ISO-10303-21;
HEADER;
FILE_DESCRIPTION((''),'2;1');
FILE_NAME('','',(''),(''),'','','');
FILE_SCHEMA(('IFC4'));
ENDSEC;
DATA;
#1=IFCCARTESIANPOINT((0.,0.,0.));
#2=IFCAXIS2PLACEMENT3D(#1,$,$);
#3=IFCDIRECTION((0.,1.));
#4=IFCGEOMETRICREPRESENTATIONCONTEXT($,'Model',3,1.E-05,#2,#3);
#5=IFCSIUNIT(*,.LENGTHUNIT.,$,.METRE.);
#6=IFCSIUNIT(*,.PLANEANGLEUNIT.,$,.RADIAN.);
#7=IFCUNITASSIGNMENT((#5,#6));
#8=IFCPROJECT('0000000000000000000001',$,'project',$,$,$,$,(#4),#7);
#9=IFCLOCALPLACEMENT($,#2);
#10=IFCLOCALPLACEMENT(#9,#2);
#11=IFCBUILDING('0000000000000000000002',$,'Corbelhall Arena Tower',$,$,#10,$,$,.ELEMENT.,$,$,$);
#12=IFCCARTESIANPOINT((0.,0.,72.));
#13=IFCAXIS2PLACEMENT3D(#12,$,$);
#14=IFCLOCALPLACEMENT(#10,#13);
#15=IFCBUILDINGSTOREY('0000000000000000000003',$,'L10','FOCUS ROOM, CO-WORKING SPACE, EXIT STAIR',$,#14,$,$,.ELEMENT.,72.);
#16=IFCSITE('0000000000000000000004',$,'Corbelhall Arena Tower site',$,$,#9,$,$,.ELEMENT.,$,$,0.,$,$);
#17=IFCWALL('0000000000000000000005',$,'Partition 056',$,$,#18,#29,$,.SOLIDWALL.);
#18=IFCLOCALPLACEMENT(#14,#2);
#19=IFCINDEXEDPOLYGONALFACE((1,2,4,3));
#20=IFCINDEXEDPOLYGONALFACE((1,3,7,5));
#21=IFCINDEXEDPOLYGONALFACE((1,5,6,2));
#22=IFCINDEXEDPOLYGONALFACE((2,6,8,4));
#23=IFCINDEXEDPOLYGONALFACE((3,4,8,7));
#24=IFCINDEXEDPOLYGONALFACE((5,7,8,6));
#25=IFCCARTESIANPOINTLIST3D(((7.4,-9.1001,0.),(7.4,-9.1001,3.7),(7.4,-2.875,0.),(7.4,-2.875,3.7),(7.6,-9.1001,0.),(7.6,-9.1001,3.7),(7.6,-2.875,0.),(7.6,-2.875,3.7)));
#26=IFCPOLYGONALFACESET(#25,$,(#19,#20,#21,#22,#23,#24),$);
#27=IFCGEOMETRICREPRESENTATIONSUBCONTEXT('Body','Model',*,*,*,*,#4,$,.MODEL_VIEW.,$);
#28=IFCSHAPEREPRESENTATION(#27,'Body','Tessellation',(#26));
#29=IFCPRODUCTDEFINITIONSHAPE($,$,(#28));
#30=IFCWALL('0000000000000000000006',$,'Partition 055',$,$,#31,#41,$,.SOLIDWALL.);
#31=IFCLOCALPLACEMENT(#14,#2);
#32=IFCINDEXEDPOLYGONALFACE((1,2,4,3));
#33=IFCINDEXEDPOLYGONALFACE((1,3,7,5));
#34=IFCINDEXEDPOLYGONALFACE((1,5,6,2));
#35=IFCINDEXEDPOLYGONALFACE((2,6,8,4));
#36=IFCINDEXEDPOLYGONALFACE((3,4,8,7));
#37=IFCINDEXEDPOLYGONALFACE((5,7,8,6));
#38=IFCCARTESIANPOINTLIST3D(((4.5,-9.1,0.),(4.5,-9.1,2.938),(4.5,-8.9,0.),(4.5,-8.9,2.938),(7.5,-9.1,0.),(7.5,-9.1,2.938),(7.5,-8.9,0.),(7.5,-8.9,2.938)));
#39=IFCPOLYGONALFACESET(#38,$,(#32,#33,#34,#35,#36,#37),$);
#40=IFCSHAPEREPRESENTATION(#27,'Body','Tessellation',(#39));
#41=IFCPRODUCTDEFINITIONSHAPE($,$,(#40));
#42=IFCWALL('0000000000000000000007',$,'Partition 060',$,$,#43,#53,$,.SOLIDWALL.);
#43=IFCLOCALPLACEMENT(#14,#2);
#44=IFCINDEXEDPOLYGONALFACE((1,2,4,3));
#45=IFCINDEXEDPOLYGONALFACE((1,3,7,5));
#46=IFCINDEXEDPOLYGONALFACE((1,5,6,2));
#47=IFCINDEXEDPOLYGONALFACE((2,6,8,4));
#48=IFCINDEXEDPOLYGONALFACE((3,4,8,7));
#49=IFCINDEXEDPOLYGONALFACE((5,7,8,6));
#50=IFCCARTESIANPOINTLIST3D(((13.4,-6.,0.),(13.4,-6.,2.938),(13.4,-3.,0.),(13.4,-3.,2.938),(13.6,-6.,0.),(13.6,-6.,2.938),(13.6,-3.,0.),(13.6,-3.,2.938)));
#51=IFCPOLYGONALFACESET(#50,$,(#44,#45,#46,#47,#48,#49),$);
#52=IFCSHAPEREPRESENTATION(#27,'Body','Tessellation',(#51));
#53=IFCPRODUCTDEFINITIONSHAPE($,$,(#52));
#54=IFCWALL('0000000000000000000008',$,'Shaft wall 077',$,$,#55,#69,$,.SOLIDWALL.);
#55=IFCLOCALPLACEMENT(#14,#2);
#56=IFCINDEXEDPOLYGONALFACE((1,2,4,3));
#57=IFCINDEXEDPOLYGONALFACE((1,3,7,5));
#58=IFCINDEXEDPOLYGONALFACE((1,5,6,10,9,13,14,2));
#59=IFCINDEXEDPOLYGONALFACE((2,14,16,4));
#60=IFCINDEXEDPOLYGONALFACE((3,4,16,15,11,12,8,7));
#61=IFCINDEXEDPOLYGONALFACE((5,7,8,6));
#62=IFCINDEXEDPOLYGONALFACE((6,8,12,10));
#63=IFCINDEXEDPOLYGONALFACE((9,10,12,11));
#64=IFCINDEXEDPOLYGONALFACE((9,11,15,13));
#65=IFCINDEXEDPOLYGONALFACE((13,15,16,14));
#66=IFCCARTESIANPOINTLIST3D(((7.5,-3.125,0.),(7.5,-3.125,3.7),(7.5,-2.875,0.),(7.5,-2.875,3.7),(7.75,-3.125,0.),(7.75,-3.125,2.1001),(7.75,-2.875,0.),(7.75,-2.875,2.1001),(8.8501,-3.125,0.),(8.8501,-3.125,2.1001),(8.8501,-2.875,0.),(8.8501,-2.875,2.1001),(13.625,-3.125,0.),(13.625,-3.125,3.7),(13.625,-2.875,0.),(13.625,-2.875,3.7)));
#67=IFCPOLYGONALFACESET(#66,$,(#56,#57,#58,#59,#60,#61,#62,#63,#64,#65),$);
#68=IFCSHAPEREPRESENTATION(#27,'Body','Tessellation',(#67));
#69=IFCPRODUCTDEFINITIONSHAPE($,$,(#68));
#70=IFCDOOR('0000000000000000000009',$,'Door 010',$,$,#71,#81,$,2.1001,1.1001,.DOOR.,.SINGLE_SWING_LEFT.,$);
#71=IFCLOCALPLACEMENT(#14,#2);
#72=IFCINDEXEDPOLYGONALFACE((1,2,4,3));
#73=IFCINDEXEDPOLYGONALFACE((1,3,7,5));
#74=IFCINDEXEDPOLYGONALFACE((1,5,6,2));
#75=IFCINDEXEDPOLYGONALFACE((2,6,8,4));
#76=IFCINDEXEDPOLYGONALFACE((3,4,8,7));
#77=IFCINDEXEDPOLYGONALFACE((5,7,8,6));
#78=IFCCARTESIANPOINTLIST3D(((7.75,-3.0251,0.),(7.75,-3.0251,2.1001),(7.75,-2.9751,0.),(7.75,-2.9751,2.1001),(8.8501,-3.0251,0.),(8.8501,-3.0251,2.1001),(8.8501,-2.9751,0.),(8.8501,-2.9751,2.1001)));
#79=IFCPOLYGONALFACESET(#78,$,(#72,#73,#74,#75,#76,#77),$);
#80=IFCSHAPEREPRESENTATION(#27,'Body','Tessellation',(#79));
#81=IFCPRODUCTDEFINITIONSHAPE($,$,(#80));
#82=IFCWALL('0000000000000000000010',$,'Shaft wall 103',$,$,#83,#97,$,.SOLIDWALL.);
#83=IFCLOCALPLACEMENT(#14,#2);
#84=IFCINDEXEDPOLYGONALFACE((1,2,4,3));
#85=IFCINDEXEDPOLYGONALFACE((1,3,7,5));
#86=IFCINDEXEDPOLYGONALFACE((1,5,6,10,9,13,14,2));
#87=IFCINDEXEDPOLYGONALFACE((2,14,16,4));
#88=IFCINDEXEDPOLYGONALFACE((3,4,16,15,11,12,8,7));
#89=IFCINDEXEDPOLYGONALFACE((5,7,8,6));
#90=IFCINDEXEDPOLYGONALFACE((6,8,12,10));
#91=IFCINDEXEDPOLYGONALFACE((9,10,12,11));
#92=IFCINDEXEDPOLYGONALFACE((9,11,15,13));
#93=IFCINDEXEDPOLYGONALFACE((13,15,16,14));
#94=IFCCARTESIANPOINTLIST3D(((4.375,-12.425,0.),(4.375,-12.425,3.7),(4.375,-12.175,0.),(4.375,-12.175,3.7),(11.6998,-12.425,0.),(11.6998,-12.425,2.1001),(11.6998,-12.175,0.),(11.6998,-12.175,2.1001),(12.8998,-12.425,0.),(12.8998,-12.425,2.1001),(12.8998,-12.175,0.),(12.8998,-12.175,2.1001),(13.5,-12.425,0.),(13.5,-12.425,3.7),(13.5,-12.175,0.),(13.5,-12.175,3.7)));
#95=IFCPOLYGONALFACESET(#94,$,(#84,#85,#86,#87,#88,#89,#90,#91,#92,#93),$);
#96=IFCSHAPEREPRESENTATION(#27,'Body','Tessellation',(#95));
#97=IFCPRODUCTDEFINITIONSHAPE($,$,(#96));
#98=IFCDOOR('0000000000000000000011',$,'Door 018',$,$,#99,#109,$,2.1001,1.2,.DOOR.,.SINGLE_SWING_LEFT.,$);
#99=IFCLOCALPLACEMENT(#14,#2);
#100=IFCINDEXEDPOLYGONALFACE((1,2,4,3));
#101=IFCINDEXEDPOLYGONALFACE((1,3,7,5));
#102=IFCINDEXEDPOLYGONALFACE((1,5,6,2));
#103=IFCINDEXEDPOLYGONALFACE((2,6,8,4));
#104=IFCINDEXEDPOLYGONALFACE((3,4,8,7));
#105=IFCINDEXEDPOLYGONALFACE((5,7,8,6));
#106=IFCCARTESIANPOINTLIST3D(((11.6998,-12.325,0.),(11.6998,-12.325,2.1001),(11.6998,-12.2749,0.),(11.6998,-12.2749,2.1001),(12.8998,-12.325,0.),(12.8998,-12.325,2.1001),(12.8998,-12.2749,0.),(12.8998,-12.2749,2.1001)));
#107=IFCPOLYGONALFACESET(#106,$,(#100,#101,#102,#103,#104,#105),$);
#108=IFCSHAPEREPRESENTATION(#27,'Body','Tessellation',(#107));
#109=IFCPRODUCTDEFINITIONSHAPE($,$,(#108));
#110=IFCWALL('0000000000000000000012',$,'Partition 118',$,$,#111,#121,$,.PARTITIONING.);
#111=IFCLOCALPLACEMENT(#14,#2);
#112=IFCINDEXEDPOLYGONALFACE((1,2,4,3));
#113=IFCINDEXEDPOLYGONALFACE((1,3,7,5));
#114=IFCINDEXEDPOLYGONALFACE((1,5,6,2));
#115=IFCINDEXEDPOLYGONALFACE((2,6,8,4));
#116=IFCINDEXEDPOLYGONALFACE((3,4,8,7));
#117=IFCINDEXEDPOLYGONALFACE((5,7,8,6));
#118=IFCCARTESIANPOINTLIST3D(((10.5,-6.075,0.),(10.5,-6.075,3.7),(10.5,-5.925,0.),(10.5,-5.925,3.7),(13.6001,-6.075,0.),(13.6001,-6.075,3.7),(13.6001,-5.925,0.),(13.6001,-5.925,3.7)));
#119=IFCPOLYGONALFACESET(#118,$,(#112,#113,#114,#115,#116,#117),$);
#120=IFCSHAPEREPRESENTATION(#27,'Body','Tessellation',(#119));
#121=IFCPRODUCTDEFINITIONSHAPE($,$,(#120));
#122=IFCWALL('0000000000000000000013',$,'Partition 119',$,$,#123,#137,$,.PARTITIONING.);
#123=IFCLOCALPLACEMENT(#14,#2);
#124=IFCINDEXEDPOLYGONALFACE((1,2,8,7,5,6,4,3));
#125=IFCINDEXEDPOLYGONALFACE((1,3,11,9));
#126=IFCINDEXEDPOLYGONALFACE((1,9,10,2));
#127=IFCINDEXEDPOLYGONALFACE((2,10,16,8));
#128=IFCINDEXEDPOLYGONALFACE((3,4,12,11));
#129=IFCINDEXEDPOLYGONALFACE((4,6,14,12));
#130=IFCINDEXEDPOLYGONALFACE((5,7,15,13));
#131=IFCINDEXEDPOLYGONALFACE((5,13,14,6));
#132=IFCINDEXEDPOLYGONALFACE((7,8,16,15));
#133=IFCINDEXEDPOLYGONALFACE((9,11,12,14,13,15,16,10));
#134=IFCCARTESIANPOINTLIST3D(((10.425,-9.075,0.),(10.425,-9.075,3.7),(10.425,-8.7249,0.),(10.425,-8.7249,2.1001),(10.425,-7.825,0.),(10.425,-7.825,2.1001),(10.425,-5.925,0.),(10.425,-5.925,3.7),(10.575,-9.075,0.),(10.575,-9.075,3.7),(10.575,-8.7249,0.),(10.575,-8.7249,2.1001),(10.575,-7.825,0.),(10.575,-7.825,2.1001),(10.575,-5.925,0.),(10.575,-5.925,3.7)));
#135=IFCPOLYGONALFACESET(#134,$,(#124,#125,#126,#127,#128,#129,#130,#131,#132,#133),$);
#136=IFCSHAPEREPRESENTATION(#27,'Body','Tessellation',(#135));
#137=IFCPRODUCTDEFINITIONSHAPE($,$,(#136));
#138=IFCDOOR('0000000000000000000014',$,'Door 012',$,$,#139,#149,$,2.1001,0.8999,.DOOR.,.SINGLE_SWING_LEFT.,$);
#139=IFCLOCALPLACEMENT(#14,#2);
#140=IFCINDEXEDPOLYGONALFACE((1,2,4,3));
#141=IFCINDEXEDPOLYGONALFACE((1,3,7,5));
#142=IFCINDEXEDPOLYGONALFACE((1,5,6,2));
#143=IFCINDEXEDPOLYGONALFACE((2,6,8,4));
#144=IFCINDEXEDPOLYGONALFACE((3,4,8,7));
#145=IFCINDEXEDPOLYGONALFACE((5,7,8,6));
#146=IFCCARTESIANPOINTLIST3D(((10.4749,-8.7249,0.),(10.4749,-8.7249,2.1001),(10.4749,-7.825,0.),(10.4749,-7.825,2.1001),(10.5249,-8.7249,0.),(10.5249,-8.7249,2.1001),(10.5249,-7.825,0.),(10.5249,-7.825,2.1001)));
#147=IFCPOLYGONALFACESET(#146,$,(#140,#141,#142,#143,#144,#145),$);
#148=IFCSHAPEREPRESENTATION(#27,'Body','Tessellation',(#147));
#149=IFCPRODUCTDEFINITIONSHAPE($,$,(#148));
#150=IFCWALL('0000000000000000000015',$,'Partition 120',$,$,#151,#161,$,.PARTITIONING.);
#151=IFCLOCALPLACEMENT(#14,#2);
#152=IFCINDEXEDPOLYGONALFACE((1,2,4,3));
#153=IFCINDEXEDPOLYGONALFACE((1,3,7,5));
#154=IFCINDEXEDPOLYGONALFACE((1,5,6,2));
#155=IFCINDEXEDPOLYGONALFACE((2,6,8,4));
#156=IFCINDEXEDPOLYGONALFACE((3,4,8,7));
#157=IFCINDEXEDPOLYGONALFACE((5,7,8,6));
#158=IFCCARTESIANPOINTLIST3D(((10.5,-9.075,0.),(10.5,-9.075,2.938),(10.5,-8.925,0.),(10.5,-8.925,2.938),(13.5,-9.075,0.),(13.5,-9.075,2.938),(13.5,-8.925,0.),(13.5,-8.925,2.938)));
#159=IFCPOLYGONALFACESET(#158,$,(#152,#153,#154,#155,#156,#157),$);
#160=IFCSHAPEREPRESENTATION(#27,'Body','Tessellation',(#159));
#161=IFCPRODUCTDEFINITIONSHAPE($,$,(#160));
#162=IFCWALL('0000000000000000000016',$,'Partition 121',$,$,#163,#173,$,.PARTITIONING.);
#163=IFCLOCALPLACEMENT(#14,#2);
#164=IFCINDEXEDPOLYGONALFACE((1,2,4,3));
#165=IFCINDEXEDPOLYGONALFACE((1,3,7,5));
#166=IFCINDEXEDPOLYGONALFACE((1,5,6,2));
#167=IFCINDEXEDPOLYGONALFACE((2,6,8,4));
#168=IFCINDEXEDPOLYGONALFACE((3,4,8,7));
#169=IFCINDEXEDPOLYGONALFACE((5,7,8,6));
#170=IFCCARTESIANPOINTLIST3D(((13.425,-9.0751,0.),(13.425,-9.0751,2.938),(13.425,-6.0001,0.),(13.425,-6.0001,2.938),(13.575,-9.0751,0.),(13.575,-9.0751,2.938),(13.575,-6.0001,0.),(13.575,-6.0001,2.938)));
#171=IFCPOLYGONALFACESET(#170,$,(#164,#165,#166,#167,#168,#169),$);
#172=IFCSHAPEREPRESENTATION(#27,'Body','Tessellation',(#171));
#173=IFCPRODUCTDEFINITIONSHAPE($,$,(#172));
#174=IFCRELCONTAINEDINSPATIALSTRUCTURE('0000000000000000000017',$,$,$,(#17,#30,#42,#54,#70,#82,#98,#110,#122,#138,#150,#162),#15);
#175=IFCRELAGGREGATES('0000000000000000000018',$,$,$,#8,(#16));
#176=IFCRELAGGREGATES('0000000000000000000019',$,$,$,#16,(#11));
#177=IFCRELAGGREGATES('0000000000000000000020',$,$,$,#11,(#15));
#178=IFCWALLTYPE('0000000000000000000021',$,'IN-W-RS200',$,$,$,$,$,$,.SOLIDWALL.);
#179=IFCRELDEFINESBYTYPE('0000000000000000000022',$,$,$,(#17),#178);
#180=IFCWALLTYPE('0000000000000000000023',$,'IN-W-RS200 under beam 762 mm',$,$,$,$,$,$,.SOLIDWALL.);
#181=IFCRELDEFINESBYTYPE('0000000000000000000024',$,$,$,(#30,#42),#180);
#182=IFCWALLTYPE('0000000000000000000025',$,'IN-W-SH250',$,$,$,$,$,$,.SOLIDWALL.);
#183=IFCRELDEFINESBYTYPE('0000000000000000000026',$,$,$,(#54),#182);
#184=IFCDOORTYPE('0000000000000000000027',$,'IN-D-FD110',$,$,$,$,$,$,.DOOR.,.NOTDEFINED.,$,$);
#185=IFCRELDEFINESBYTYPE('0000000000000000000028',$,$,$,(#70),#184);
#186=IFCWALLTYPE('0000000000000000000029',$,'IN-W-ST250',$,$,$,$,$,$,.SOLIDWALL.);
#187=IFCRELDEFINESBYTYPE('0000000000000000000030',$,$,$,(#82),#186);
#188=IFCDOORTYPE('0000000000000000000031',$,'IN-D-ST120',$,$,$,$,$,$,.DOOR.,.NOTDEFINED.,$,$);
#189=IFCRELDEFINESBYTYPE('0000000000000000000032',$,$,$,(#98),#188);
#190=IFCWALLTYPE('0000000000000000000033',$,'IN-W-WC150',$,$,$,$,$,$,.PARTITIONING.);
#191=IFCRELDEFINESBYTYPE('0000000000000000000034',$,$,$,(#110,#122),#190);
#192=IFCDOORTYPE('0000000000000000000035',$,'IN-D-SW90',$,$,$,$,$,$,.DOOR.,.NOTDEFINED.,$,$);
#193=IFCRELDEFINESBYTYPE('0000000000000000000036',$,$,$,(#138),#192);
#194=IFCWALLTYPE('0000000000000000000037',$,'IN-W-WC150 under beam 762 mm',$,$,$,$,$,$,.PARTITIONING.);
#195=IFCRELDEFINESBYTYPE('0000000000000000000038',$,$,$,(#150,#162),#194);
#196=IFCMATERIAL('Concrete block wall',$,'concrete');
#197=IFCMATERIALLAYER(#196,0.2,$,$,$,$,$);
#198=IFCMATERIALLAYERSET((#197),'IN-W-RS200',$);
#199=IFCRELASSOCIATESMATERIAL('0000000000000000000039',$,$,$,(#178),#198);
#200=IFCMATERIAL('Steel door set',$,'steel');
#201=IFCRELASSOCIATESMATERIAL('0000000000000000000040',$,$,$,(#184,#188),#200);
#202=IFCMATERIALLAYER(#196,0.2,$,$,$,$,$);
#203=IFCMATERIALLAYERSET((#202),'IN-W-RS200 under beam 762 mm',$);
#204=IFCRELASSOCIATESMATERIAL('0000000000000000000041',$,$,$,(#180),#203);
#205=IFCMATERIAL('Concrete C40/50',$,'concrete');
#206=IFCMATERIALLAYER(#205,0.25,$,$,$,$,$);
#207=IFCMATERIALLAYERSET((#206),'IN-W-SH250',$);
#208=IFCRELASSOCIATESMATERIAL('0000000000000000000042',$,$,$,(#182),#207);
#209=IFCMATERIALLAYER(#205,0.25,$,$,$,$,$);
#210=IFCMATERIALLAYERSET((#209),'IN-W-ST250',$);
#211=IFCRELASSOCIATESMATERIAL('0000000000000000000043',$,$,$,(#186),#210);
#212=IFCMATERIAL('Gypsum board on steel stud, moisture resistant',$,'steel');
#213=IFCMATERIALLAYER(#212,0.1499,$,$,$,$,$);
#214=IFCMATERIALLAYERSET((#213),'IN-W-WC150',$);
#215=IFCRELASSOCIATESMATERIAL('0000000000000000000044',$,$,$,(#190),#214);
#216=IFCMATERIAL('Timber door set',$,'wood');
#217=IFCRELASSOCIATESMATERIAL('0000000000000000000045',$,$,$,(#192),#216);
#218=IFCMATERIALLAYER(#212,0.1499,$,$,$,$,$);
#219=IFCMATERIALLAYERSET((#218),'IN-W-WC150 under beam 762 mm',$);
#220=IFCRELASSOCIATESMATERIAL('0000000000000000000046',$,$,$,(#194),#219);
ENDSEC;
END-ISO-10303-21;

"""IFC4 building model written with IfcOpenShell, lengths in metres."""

from ifc_helpers import new_model, si_unit, direction, frame, frame_2d, origin, place, context, subcontext, project, spatial, rectangle, extrude, material, layer, layer_set, type_object, element, fill, save


model = new_model("IFC4")

# Units and contexts
model_context = context("Model", 3, precision=1e-05, world=origin(), true_north=direction((0.0, 1.0)))
body_context = subcontext(model_context, "Body", "Model", "MODEL_VIEW")
ifc_project = project(units=[si_unit("LENGTHUNIT", "METRE"), si_unit("PLANEANGLEUNIT", "RADIAN")], contexts=[model_context])

# Site, building, storey
site_placement = place(None, origin())
site = spatial("IfcSite", under=ifc_project, at=site_placement, Name="Corbelhall Arena Tower site", CompositionType="ELEMENT", RefElevation=0.0)
building_placement = place(site_placement, origin())
building = spatial("IfcBuilding", under=site, at=building_placement, Name="Corbelhall Arena Tower", CompositionType="ELEMENT")
storey_placement = place(building_placement, frame((0.0, 0.0, 72.0)))
storey = spatial("IfcBuildingStorey", under=building, at=storey_placement, Name="L10", Description="FOCUS ROOM, CO-WORKING SPACE, EXIT STAIR", CompositionType="ELEMENT", Elevation=72.0)

# Shared definitions
ifc_material_1 = material(Name="Concrete C40/50", Category="concrete")

# Shared definitions
ifc_material_2 = material(Name="Steel door set", Category="steel")

# Wall
ifc_material_3 = material(Name="Concrete block wall", Category="concrete")
ifc_layer_1 = layer(ifc_material_3, 0.2)
ifc_layer_set_1 = layer_set([ifc_layer_1], Name="IN-W-RS200")
wall_type_1 = type_object("IfcWallType", Name="IN-W-RS200", PredefinedType="SOLIDWALL", material=ifc_layer_set_1)
wall_1_placement = place(storey_placement, frame((7.5, -2.875, 0.0), z_axis=(0.0, 0.0, 1.0), x_axis=(0.0, -1.0, 0.0)))
element("IfcWall", 1, at=wall_1_placement, inside=storey, type_object=wall_type_1, Name="Partition 056", PredefinedType="SOLIDWALL", context=body_context, shape_type="SweptSolid", body=[
    extrude(rectangle(XDim=6.2251, YDim=0.2, at=frame_2d((3.1125, 0.0))), origin(), (0.0, 0.0, 1.0), 3.7),
])

# Shared definitions
door_type_1 = type_object("IfcDoorType", Name="IN-D-FD110", OperationType="NOTDEFINED", PredefinedType="DOOR", material=ifc_material_2)

# Shared definitions
ifc_layer_2 = layer(ifc_material_3, 0.2)
ifc_layer_set_2 = layer_set([ifc_layer_2], Name="IN-W-RS200 under beam 762 mm")
wall_type_2 = type_object("IfcWallType", Name="IN-W-RS200 under beam 762 mm", PredefinedType="SOLIDWALL", material=ifc_layer_set_2)

# Walls
for number, where, z_axis, x_axis, name in (
    (2, (7.5, -9.0, 0.0), (0.0, 0.0, 1.0), (-1.0, 0.0, 0.0), "Partition 055"),
    (3, (13.5, -3.0, 0.0), (0.0, 0.0, 1.0), (0.0, -1.0, 0.0), "Partition 060"),
):
    element("IfcWall", number, at=place(storey_placement, frame(where, z_axis=z_axis, x_axis=x_axis)), inside=storey, type_object=wall_type_2, Name=name, PredefinedType="SOLIDWALL", context=body_context, shape_type="SweptSolid", body=[
        extrude(rectangle(XDim=3.0, YDim=0.2, at=frame_2d((1.5, 0.0))), origin(), (0.0, 0.0, 1.0), 2.938),
    ])

# Walls, openings, doors
ifc_layer_3 = layer(ifc_material_1, 0.25)
ifc_layer_set_3 = layer_set([ifc_layer_3], Name="IN-W-SH250")
wall_type_3 = type_object("IfcWallType", Name="IN-W-SH250", PredefinedType="SOLIDWALL", material=ifc_layer_set_3)
wall_2_placement = place(storey_placement, frame((7.5, -3.0, 0.0), z_axis=(0.0, 0.0, 1.0), x_axis=(1.0, 0.0, 0.0)))
wall_2 = element("IfcWall", 4, at=wall_2_placement, inside=storey, type_object=wall_type_3, Name="Shaft wall 077", PredefinedType="SOLIDWALL", context=body_context, shape_type="SweptSolid", body=[
    extrude(rectangle(XDim=6.125, YDim=0.25, at=frame_2d((3.0625, 0.0))), origin(), (0.0, 0.0, 1.0), 3.7),
])
opening_1_placement = place(wall_2_placement, frame((0.25, 0.0, 0.0)))
opening_1 = element("IfcOpeningElement", 5, at=opening_1_placement, cuts=wall_2, PredefinedType="OPENING", context=body_context, shape_type="SweptSolid", body=[
    extrude(rectangle(XDim=1.1001, YDim=2.1001, at=frame_2d((0.55, 1.05))), frame((0.0, 0.125, 0.0), z_axis=(0.0, -1.0, 0.0), x_axis=(1.0, 0.0, 0.0)), (0.0, 0.0, 1.0), 0.25),
])
door_1_placement = place(opening_1_placement, origin())
door_1 = element("IfcDoor", 6, at=door_1_placement, inside=storey, type_object=door_type_1, Name="Door 010", OperationType="SINGLE_SWING_LEFT", OverallHeight=2.1001, OverallWidth=1.1001, PredefinedType="DOOR", context=body_context, shape_type="SweptSolid", body=[
    extrude(rectangle(XDim=1.1001, YDim=2.1001, at=frame_2d((0.55, 1.05))), frame((0.0, 0.0249, 0.0), z_axis=(0.0, -1.0, 0.0), x_axis=(1.0, 0.0, 0.0)), (0.0, 0.0, 1.0), 0.05),
])
fill(opening_1, door_1)
ifc_layer_4 = layer(ifc_material_1, 0.25)
ifc_layer_set_4 = layer_set([ifc_layer_4], Name="IN-W-ST250")
wall_type_4 = type_object("IfcWallType", Name="IN-W-ST250", PredefinedType="SOLIDWALL", material=ifc_layer_set_4)
wall_3_placement = place(storey_placement, frame((13.5, -12.3, 0.0), z_axis=(0.0, 0.0, 1.0), x_axis=(-1.0, 0.0, 0.0)))
wall_3 = element("IfcWall", 7, at=wall_3_placement, inside=storey, type_object=wall_type_4, Name="Shaft wall 103", PredefinedType="SOLIDWALL", context=body_context, shape_type="SweptSolid", body=[
    extrude(rectangle(XDim=9.125, YDim=0.25, at=frame_2d((4.5625, 0.0))), origin(), (0.0, 0.0, 1.0), 3.7),
])
opening_2_placement = place(wall_3_placement, frame((0.6001, 0.0, 0.0)))
opening_2 = element("IfcOpeningElement", 8, at=opening_2_placement, cuts=wall_3, PredefinedType="OPENING", context=body_context, shape_type="SweptSolid", body=[
    extrude(rectangle(XDim=1.2, YDim=2.1001, at=frame_2d((0.6001, 1.05))), frame((0.0, 0.125, 0.0), z_axis=(0.0, -1.0, 0.0), x_axis=(1.0, 0.0, 0.0)), (0.0, 0.0, 1.0), 0.25),
])
door_type_2 = type_object("IfcDoorType", Name="IN-D-ST120", OperationType="NOTDEFINED", PredefinedType="DOOR", material=ifc_material_2)
door_2_placement = place(opening_2_placement, origin())
door_2 = element("IfcDoor", 9, at=door_2_placement, inside=storey, type_object=door_type_2, Name="Door 018", OperationType="SINGLE_SWING_LEFT", OverallHeight=2.1001, OverallWidth=1.2, PredefinedType="DOOR", context=body_context, shape_type="SweptSolid", body=[
    extrude(rectangle(XDim=1.2, YDim=2.1001, at=frame_2d((0.6001, 1.05))), frame((0.0, 0.0249, 0.0), z_axis=(0.0, -1.0, 0.0), x_axis=(1.0, 0.0, 0.0)), (0.0, 0.0, 1.0), 0.05),
])
fill(opening_2, door_2)

# Wall
ifc_material_4 = material(Name="Gypsum board on steel stud, moisture resistant", Category="steel")
ifc_layer_5 = layer(ifc_material_4, 0.1499)
ifc_layer_set_5 = layer_set([ifc_layer_5], Name="IN-W-WC150")
wall_type_5 = type_object("IfcWallType", Name="IN-W-WC150", PredefinedType="PARTITIONING", material=ifc_layer_set_5)
wall_4_placement = place(storey_placement, frame((10.5, -6.0, 0.0), z_axis=(0.0, 0.0, 1.0), x_axis=(1.0, 0.0, 0.0)))
element("IfcWall", 10, at=wall_4_placement, inside=storey, type_object=wall_type_5, Name="Partition 118", PredefinedType="PARTITIONING", context=body_context, shape_type="SweptSolid", body=[
    extrude(rectangle(XDim=3.1001, YDim=0.1499, at=frame_2d((1.55, 0.0))), origin(), (0.0, 0.0, 1.0), 3.7),
])

# Wall, opening, door
wall_5_placement = place(storey_placement, frame((10.5, -5.925, 0.0), z_axis=(0.0, 0.0, 1.0), x_axis=(0.0, -1.0, 0.0)))
wall_5 = element("IfcWall", 11, at=wall_5_placement, inside=storey, type_object=wall_type_5, Name="Partition 119", PredefinedType="PARTITIONING", context=body_context, shape_type="SweptSolid", body=[
    extrude(rectangle(XDim=3.1499, YDim=0.1499, at=frame_2d((1.575, 0.0))), origin(), (0.0, 0.0, 1.0), 3.7),
])
opening_3_placement = place(wall_5_placement, frame((1.8999, 0.0, 0.0)))
opening_3 = element("IfcOpeningElement", 12, at=opening_3_placement, cuts=wall_5, PredefinedType="OPENING", context=body_context, shape_type="SweptSolid", body=[
    extrude(rectangle(XDim=0.8999, YDim=2.1001, at=frame_2d((0.45, 1.05))), frame((0.0, 0.075, 0.0), z_axis=(0.0, -1.0, 0.0), x_axis=(1.0, 0.0, 0.0)), (0.0, 0.0, 1.0), 0.1499),
])
ifc_material_5 = material(Name="Timber door set", Category="wood")
door_type_3 = type_object("IfcDoorType", Name="IN-D-SW90", OperationType="NOTDEFINED", PredefinedType="DOOR", material=ifc_material_5)
door_3_placement = place(opening_3_placement, origin())
door_3 = element("IfcDoor", 13, at=door_3_placement, inside=storey, type_object=door_type_3, Name="Door 012", OperationType="SINGLE_SWING_LEFT", OverallHeight=2.1001, OverallWidth=0.8999, PredefinedType="DOOR", context=body_context, shape_type="SweptSolid", body=[
    extrude(rectangle(XDim=0.8999, YDim=2.1001, at=frame_2d((0.45, 1.05))), frame((0.0, 0.0249, 0.0), z_axis=(0.0, -1.0, 0.0), x_axis=(1.0, 0.0, 0.0)), (0.0, 0.0, 1.0), 0.05),
])
fill(opening_3, door_3)

# Walls
ifc_layer_6 = layer(ifc_material_4, 0.1499)
ifc_layer_set_6 = layer_set([ifc_layer_6], Name="IN-W-WC150 under beam 762 mm")
wall_type_6 = type_object("IfcWallType", Name="IN-W-WC150 under beam 762 mm", PredefinedType="PARTITIONING", material=ifc_layer_set_6)
wall_6_placement = place(storey_placement, frame((13.5, -9.0, 0.0), z_axis=(0.0, 0.0, 1.0), x_axis=(-1.0, 0.0, 0.0)))
element("IfcWall", 14, at=wall_6_placement, inside=storey, type_object=wall_type_6, Name="Partition 120", PredefinedType="PARTITIONING", context=body_context, shape_type="SweptSolid", body=[
    extrude(rectangle(XDim=3.0, YDim=0.1499, at=frame_2d((1.5, 0.0))), origin(), (0.0, 0.0, 1.0), 2.938),
])
wall_7_placement = place(storey_placement, frame((13.5, -6.0, 0.0), z_axis=(0.0, 0.0, 1.0), x_axis=(0.0, -1.0, 0.0)))
element("IfcWall", 15, at=wall_7_placement, inside=storey, type_object=wall_type_6, Name="Partition 121", PredefinedType="PARTITIONING", context=body_context, shape_type="SweptSolid", body=[
    extrude(rectangle(XDim=3.075, YDim=0.1499, at=frame_2d((1.5376, 0.0))), origin(), (0.0, 0.0, 1.0), 2.938),
])

save(model, "model.ifc")
